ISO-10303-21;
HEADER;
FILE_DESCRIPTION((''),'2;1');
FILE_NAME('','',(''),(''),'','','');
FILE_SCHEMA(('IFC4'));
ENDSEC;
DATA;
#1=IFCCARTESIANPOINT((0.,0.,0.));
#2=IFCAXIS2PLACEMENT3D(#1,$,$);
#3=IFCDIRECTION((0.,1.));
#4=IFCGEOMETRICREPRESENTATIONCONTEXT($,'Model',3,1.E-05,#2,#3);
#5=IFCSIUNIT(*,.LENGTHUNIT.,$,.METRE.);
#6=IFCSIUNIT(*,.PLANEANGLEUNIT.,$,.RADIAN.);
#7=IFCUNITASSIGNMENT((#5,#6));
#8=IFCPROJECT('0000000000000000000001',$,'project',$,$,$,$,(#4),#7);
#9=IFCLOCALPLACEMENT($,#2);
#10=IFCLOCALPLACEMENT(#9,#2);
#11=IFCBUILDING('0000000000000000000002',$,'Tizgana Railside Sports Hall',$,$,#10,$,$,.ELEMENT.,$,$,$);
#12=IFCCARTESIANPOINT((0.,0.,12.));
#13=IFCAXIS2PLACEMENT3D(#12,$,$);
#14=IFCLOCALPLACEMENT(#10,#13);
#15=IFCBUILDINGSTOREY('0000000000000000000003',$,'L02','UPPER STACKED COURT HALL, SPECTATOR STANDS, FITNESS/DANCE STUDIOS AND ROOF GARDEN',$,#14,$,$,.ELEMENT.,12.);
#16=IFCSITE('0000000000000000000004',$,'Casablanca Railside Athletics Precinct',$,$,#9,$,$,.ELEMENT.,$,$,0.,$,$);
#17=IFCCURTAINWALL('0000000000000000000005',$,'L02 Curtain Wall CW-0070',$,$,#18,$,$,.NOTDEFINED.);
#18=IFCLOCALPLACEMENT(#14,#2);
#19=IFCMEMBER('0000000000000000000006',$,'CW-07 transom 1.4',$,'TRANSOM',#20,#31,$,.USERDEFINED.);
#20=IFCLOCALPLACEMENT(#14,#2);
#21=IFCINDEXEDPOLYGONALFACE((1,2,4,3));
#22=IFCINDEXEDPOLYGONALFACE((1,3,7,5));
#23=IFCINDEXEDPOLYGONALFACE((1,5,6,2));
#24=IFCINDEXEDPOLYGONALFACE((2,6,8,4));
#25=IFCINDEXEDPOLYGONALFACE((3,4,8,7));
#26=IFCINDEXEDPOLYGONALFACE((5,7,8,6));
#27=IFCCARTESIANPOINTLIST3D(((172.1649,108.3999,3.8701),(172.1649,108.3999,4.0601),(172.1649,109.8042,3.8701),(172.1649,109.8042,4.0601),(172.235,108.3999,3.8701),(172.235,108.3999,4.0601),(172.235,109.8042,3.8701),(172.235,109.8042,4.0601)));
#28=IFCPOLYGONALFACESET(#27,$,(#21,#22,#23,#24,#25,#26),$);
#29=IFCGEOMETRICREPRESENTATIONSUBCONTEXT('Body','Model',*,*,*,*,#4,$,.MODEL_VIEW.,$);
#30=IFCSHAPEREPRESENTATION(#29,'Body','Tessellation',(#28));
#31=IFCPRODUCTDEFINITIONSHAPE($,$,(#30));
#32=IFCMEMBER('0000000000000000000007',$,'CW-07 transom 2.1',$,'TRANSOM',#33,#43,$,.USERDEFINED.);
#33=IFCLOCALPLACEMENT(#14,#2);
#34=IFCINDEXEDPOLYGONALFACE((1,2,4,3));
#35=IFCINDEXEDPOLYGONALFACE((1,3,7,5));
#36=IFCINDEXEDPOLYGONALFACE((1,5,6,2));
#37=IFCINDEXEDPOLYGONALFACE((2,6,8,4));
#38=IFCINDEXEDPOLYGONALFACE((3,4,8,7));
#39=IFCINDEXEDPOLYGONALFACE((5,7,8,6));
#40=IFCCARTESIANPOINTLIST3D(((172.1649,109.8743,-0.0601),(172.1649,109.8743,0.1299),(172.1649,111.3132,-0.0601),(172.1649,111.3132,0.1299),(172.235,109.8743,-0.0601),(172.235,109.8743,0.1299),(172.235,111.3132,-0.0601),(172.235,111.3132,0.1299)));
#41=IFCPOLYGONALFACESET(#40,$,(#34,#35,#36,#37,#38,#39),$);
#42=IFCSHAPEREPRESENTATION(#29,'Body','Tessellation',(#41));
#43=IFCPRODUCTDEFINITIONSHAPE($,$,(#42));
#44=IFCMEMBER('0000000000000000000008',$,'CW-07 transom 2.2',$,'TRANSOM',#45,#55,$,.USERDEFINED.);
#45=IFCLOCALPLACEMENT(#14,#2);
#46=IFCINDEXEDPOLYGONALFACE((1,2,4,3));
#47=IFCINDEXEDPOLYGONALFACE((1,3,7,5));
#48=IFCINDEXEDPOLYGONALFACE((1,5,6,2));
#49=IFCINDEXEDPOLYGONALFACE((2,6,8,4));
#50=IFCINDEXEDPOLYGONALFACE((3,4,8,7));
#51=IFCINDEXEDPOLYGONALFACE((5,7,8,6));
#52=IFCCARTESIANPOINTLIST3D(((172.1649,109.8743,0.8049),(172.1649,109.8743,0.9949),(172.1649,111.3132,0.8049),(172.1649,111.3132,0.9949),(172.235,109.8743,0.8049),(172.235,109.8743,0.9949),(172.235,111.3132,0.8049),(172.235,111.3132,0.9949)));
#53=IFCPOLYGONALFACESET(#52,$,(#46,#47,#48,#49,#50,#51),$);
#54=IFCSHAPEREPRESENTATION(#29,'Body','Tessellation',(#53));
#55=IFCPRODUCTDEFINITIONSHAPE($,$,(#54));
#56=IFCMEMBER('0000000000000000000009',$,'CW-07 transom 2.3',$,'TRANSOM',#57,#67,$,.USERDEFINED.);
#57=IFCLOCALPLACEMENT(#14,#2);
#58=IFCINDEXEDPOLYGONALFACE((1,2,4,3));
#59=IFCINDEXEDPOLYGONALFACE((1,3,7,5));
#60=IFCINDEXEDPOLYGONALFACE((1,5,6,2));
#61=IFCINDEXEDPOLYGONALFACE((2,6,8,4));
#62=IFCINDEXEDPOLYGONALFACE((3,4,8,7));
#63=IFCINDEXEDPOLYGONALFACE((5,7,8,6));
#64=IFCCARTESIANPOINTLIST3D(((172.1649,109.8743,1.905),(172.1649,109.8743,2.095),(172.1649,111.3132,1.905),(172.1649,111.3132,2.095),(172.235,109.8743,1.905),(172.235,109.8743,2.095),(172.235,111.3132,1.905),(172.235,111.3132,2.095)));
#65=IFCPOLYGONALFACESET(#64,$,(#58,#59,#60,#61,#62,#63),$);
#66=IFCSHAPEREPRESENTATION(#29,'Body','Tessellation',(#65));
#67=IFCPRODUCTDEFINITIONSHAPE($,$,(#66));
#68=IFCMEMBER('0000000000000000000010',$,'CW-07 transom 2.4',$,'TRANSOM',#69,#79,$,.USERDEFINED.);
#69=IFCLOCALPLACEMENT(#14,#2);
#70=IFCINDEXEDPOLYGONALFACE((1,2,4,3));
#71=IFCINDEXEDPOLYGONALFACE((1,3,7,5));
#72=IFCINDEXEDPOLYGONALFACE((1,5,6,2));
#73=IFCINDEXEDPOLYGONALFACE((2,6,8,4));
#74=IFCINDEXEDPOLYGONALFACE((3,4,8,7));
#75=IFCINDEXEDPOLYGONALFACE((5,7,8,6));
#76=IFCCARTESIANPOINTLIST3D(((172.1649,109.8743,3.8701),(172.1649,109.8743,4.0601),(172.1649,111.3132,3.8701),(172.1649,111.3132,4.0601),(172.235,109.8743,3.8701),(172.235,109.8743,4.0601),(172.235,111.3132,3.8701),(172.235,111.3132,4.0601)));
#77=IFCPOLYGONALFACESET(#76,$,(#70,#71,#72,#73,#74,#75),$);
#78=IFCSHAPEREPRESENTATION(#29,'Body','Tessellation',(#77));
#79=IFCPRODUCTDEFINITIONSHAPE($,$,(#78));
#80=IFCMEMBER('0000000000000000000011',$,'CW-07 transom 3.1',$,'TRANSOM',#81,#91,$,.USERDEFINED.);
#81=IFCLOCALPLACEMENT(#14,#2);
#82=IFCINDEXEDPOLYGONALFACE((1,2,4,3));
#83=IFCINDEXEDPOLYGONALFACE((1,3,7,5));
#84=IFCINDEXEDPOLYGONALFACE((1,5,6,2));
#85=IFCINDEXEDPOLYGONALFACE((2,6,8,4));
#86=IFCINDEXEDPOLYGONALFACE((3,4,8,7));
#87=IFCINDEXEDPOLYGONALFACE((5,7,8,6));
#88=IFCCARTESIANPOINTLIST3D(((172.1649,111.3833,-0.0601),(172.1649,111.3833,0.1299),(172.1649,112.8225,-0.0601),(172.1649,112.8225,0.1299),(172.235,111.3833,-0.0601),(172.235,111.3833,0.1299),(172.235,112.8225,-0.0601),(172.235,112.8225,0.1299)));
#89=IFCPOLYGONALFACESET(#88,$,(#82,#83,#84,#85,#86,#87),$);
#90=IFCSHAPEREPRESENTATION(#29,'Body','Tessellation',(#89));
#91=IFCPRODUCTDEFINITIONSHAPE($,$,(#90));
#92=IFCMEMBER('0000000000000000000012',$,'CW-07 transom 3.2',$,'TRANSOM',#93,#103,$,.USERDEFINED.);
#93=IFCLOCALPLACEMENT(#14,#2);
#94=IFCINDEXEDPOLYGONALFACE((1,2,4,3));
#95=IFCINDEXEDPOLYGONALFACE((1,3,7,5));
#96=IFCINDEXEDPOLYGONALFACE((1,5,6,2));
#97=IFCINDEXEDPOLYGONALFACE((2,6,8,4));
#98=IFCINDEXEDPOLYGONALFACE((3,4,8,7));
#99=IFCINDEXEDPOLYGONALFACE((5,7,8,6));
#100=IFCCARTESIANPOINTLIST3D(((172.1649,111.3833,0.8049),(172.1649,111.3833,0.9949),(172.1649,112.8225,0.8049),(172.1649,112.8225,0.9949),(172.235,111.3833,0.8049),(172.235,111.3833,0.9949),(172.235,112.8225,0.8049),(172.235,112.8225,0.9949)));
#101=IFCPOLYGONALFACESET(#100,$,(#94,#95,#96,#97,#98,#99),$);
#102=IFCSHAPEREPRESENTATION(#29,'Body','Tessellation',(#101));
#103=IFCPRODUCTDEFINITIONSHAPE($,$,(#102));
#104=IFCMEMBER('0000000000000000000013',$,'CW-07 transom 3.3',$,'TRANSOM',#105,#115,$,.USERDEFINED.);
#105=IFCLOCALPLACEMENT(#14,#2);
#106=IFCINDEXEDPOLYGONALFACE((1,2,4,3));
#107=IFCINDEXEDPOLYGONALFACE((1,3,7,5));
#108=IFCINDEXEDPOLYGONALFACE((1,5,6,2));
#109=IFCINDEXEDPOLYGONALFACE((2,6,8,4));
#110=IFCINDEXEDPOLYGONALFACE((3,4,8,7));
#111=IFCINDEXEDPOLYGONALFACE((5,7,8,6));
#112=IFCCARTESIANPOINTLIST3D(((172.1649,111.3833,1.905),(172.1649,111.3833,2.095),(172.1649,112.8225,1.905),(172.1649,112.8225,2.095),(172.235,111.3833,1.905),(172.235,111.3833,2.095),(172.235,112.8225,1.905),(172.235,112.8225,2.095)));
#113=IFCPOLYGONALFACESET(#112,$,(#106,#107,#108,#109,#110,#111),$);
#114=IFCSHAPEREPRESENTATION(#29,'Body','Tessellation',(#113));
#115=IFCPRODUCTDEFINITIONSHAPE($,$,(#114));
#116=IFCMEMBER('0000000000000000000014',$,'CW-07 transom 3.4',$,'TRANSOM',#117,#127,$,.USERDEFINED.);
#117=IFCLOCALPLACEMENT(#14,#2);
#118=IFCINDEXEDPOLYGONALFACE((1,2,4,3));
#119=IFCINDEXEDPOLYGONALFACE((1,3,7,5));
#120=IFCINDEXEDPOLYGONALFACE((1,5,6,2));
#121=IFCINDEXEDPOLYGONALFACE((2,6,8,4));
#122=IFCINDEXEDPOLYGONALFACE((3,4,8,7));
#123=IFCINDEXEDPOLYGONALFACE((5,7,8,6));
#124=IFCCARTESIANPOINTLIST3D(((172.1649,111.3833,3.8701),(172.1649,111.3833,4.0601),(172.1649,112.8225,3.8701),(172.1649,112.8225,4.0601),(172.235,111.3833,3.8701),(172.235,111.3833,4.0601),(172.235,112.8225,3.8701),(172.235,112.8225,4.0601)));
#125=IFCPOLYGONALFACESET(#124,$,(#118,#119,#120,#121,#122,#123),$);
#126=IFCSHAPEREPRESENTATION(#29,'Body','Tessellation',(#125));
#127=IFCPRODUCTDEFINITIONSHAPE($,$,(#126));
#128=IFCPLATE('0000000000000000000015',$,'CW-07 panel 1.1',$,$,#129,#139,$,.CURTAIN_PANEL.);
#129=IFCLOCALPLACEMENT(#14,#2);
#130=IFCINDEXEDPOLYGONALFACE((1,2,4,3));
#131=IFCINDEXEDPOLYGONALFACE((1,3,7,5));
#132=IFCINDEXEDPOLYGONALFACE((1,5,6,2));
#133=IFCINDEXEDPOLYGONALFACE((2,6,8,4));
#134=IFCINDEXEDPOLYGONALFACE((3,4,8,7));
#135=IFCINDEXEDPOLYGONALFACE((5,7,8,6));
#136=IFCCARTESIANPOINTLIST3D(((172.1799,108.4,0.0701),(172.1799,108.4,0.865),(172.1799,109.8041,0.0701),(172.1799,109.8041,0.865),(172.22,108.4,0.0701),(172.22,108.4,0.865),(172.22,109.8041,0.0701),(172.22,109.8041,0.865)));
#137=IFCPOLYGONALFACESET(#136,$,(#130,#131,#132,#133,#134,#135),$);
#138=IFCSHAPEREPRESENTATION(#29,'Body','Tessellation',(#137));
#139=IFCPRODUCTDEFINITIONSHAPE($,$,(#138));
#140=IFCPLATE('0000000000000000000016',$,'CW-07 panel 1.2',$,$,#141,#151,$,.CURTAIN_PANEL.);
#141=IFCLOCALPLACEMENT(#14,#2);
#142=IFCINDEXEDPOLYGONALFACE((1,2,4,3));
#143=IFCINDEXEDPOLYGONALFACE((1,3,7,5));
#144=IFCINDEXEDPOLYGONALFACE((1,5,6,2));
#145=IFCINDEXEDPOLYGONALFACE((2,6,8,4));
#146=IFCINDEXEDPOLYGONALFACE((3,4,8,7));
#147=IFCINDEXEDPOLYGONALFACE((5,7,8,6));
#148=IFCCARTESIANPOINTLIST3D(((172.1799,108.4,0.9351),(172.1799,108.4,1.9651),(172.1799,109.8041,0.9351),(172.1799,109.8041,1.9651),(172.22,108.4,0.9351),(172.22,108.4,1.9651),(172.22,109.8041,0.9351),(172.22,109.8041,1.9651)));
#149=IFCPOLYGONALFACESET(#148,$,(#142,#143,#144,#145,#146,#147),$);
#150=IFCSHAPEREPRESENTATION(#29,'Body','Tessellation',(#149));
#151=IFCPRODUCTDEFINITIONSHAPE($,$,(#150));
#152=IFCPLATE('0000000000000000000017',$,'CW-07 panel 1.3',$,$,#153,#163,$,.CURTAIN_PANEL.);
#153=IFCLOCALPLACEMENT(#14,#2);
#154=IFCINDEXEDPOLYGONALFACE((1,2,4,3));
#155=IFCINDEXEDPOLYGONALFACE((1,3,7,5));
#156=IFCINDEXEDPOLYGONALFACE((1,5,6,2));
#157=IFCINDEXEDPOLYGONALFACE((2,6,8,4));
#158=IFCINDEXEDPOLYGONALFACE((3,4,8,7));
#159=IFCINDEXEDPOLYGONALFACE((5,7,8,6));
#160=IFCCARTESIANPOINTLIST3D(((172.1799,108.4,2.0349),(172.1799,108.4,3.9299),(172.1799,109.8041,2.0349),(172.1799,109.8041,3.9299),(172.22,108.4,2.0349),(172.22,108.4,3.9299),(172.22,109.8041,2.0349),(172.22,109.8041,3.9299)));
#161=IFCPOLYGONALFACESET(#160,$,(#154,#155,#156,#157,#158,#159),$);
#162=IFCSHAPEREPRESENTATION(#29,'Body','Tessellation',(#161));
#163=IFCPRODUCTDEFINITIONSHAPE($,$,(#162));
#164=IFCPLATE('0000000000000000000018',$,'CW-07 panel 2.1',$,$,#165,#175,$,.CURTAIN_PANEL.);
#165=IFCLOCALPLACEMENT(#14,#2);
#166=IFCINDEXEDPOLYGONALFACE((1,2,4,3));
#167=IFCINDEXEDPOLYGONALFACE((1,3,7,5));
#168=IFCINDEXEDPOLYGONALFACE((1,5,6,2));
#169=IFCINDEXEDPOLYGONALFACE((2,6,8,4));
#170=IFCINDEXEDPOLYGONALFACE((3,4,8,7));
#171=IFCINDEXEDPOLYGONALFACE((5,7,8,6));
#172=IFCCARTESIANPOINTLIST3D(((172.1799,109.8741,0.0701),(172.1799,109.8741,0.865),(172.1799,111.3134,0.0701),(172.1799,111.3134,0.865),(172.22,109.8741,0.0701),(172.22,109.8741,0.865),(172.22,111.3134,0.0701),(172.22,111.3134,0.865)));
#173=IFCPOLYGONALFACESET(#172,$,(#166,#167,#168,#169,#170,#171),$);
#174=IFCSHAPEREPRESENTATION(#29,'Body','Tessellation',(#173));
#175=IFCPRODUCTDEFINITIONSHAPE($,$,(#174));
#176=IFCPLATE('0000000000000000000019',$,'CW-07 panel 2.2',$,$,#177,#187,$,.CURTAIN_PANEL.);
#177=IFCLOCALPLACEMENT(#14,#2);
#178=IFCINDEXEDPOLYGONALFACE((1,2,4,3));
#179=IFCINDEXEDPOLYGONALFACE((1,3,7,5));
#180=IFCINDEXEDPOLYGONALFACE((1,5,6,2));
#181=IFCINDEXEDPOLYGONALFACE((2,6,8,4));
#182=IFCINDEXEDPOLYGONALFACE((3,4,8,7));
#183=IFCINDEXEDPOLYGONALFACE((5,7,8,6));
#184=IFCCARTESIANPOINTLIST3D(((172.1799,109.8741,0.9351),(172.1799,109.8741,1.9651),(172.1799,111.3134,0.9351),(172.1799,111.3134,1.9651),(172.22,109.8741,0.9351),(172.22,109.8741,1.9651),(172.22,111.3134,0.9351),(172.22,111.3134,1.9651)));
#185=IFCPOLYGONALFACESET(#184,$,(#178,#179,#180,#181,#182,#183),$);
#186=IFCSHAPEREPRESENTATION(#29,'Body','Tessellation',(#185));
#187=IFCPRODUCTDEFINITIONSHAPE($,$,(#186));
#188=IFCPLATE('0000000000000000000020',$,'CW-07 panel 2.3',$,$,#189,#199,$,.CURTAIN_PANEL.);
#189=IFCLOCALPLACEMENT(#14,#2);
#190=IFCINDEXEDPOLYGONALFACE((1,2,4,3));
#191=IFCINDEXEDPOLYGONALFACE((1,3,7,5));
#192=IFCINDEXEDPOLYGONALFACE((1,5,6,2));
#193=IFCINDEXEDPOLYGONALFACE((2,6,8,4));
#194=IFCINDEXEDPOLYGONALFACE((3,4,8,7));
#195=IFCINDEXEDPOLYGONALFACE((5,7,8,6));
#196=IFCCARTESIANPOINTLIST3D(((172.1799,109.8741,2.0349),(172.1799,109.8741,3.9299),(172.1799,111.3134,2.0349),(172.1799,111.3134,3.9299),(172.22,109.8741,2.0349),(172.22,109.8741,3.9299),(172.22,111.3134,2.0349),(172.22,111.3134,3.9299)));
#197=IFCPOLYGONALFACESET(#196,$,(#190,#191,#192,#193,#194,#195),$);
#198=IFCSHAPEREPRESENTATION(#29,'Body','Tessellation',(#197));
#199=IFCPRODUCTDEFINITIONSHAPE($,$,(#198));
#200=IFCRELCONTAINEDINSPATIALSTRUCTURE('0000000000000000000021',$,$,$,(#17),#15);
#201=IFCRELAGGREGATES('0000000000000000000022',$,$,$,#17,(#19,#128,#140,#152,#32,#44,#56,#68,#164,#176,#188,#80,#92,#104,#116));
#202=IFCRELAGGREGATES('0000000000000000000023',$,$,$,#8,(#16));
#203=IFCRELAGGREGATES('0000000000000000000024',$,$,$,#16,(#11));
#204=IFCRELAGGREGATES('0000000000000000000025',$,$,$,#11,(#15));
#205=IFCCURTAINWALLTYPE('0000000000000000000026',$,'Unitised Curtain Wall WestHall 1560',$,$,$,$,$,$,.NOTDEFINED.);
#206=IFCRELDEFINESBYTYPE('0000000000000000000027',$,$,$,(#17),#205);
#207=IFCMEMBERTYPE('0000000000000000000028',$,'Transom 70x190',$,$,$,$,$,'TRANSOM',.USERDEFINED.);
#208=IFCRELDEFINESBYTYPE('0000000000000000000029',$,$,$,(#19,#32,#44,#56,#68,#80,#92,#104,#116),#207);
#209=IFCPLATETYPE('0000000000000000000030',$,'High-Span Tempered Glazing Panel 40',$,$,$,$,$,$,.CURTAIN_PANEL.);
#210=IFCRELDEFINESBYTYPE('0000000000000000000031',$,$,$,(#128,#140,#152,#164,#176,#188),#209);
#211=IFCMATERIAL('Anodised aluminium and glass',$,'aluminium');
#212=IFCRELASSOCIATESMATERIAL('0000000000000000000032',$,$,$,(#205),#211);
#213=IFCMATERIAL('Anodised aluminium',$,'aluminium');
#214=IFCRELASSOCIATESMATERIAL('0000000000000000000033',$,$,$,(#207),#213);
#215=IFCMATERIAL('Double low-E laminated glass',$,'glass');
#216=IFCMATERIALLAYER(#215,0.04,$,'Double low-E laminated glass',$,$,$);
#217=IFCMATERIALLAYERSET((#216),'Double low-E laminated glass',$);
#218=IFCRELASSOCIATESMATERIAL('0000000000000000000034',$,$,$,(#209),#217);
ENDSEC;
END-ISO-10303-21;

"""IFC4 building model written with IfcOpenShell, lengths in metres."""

from ifc_helpers import new_model, si_unit, direction, frame, origin, origin_2d, place, context, subcontext, project, spatial, rectangle, extrude, material, layer, layer_set, material_profile, profile_set, type_object, element, aggregate, save


model = new_model("IFC4")

# Units and contexts
model_context = context("Model", 3, precision=1e-05, world=origin(), true_north=direction((0.0, 1.0)))
body_context = subcontext(model_context, "Body", "Model", "MODEL_VIEW")
ifc_project = project(units=[si_unit("LENGTHUNIT", "METRE"), si_unit("PLANEANGLEUNIT", "RADIAN")], contexts=[model_context])

# Site, building, storey
site_placement = place(None, origin())
site = spatial("IfcSite", under=ifc_project, at=site_placement, Name="Casablanca Railside Athletics Precinct", CompositionType="ELEMENT", RefElevation=0.0)
building_placement = place(site_placement, origin())
building = spatial("IfcBuilding", under=site, at=building_placement, Name="Tizgana Railside Sports Hall", CompositionType="ELEMENT")
storey_placement = place(building_placement, frame((0.0, 0.0, 12.0)))
storey = spatial("IfcBuildingStorey", under=building, at=storey_placement, Name="L02", Description="UPPER STACKED COURT HALL, SPECTATOR STANDS, FITNESS/DANCE STUDIOS AND ROOF GARDEN", CompositionType="ELEMENT", Elevation=12.0)

# Curtain wall
ifc_material_1 = material(Name="Anodised aluminium and glass", Category="aluminium")
ifc_material_2 = material(Name="Anodised aluminium", Category="aluminium")
curtain_wall_type_1 = type_object("IfcCurtainWallType", Name="Unitised Curtain Wall WestHall 1560", PredefinedType="NOTDEFINED", material=ifc_material_1)
curtain_wall_1_placement = place(storey_placement, origin())
curtain_wall_1 = element("IfcCurtainWall", 1, at=curtain_wall_1_placement, inside=storey, type_object=curtain_wall_type_1, Name="L02 Curtain Wall CW-0070", PredefinedType="NOTDEFINED")

# Members
ifc_material_profile_1 = material_profile(ifc_material_2, rectangle(XDim=0.0701, YDim=0.1899, at=origin_2d()), Name="Transom 70x190")
ifc_profile_set_1 = profile_set([ifc_material_profile_1], Name="Anodised aluminium")
member_type_1 = type_object("IfcMemberType", Name="Transom 70x190", ElementType="TRANSOM", PredefinedType="USERDEFINED", material=ifc_profile_set_1)
member_1_placement = place(storey_placement, frame((172.2, 108.3999, 3.9651), z_axis=(0.0, 1.0, 0.0), x_axis=(-1.0, 0.0, 0.0)))
member_1 = element("IfcMember", 2, at=member_1_placement, type_object=member_type_1, Name="CW-07 transom 1.4", ObjectType="TRANSOM", PredefinedType="USERDEFINED", context=body_context, shape_type="SweptSolid", body=[
    extrude(rectangle(XDim=0.0701, YDim=0.1899, at=origin_2d()), origin(), (0.0, 0.0, 1.0), 1.4043),
])
member_2_placement = place(storey_placement, frame((172.2, 109.8743, 0.0349), z_axis=(0.0, 1.0, 0.0), x_axis=(-1.0, 0.0, 0.0)))
member_2 = element("IfcMember", 3, at=member_2_placement, type_object=member_type_1, Name="CW-07 transom 2.1", ObjectType="TRANSOM", PredefinedType="USERDEFINED", context=body_context, shape_type="SweptSolid", body=[
    extrude(rectangle(XDim=0.0701, YDim=0.1899, at=origin_2d()), origin(), (0.0, 0.0, 1.0), 1.439),
])
member_3_placement = place(storey_placement, frame((172.2, 109.8743, 0.8999), z_axis=(0.0, 1.0, 0.0), x_axis=(-1.0, 0.0, 0.0)))
member_3 = element("IfcMember", 4, at=member_3_placement, type_object=member_type_1, Name="CW-07 transom 2.2", ObjectType="TRANSOM", PredefinedType="USERDEFINED", context=body_context, shape_type="SweptSolid", body=[
    extrude(rectangle(XDim=0.0701, YDim=0.1899, at=origin_2d()), origin(), (0.0, 0.0, 1.0), 1.439),
])
member_4_placement = place(storey_placement, frame((172.2, 109.8743, 2.0), z_axis=(0.0, 1.0, 0.0), x_axis=(-1.0, 0.0, 0.0)))
member_4 = element("IfcMember", 5, at=member_4_placement, type_object=member_type_1, Name="CW-07 transom 2.3", ObjectType="TRANSOM", PredefinedType="USERDEFINED", context=body_context, shape_type="SweptSolid", body=[
    extrude(rectangle(XDim=0.0701, YDim=0.1899, at=origin_2d()), origin(), (0.0, 0.0, 1.0), 1.439),
])
member_5_placement = place(storey_placement, frame((172.2, 109.8743, 3.9651), z_axis=(0.0, 1.0, 0.0), x_axis=(-1.0, 0.0, 0.0)))
member_5 = element("IfcMember", 6, at=member_5_placement, type_object=member_type_1, Name="CW-07 transom 2.4", ObjectType="TRANSOM", PredefinedType="USERDEFINED", context=body_context, shape_type="SweptSolid", body=[
    extrude(rectangle(XDim=0.0701, YDim=0.1899, at=origin_2d()), origin(), (0.0, 0.0, 1.0), 1.439),
])
member_6_placement = place(storey_placement, frame((172.2, 111.3833, 0.0349), z_axis=(0.0, 1.0, 0.0), x_axis=(-1.0, 0.0, 0.0)))
member_6 = element("IfcMember", 7, at=member_6_placement, type_object=member_type_1, Name="CW-07 transom 3.1", ObjectType="TRANSOM", PredefinedType="USERDEFINED", context=body_context, shape_type="SweptSolid", body=[
    extrude(rectangle(XDim=0.0701, YDim=0.1899, at=origin_2d()), origin(), (0.0, 0.0, 1.0), 1.4392),
])
member_7_placement = place(storey_placement, frame((172.2, 111.3833, 0.8999), z_axis=(0.0, 1.0, 0.0), x_axis=(-1.0, 0.0, 0.0)))
member_7 = element("IfcMember", 8, at=member_7_placement, type_object=member_type_1, Name="CW-07 transom 3.2", ObjectType="TRANSOM", PredefinedType="USERDEFINED", context=body_context, shape_type="SweptSolid", body=[
    extrude(rectangle(XDim=0.0701, YDim=0.1899, at=origin_2d()), origin(), (0.0, 0.0, 1.0), 1.4392),
])
member_8_placement = place(storey_placement, frame((172.2, 111.3833, 2.0), z_axis=(0.0, 1.0, 0.0), x_axis=(-1.0, 0.0, 0.0)))
member_8 = element("IfcMember", 9, at=member_8_placement, type_object=member_type_1, Name="CW-07 transom 3.3", ObjectType="TRANSOM", PredefinedType="USERDEFINED", context=body_context, shape_type="SweptSolid", body=[
    extrude(rectangle(XDim=0.0701, YDim=0.1899, at=origin_2d()), origin(), (0.0, 0.0, 1.0), 1.4392),
])
member_9_placement = place(storey_placement, frame((172.2, 111.3833, 3.9651), z_axis=(0.0, 1.0, 0.0), x_axis=(-1.0, 0.0, 0.0)))
member_9 = element("IfcMember", 10, at=member_9_placement, type_object=member_type_1, Name="CW-07 transom 3.4", ObjectType="TRANSOM", PredefinedType="USERDEFINED", context=body_context, shape_type="SweptSolid", body=[
    extrude(rectangle(XDim=0.0701, YDim=0.1899, at=origin_2d()), origin(), (0.0, 0.0, 1.0), 1.4392),
])

# Plates
ifc_material_3 = material(Name="Double low-E laminated glass", Category="glass")
ifc_layer_1 = layer(ifc_material_3, 0.04, Name="Double low-E laminated glass")
ifc_layer_set_1 = layer_set([ifc_layer_1], Name="Double low-E laminated glass")
plate_type_1 = type_object("IfcPlateType", Name="High-Span Tempered Glazing Panel 40", PredefinedType="CURTAIN_PANEL", material=ifc_layer_set_1)
plate_1_placement = place(storey_placement, frame((172.2, 109.1021, 0.0701), z_axis=(0.0, 0.0, 1.0), x_axis=(0.0, 1.0, 0.0)))
plate_1 = element("IfcPlate", 11, at=plate_1_placement, type_object=plate_type_1, Name="CW-07 panel 1.1", PredefinedType="CURTAIN_PANEL", context=body_context, shape_type="SweptSolid", body=[
    extrude(rectangle(XDim=1.4041, YDim=0.04, at=origin_2d()), origin(), (0.0, 0.0, 1.0), 0.7949),
])
plate_2_placement = place(storey_placement, frame((172.2, 109.1021, 0.9351), z_axis=(0.0, 0.0, 1.0), x_axis=(0.0, 1.0, 0.0)))
plate_2 = element("IfcPlate", 12, at=plate_2_placement, type_object=plate_type_1, Name="CW-07 panel 1.2", PredefinedType="CURTAIN_PANEL", context=body_context, shape_type="SweptSolid", body=[
    extrude(rectangle(XDim=1.4041, YDim=0.04, at=origin_2d()), origin(), (0.0, 0.0, 1.0), 1.03),
])
plate_3_placement = place(storey_placement, frame((172.2, 109.1021, 2.0349), z_axis=(0.0, 0.0, 1.0), x_axis=(0.0, 1.0, 0.0)))
plate_3 = element("IfcPlate", 13, at=plate_3_placement, type_object=plate_type_1, Name="CW-07 panel 1.3", PredefinedType="CURTAIN_PANEL", context=body_context, shape_type="SweptSolid", body=[
    extrude(rectangle(XDim=1.4041, YDim=0.04, at=origin_2d()), origin(), (0.0, 0.0, 1.0), 1.895),
])
plate_4_placement = place(storey_placement, frame((172.2, 110.5938, 0.0701), z_axis=(0.0, 0.0, 1.0), x_axis=(0.0, 1.0, 0.0)))
plate_4 = element("IfcPlate", 14, at=plate_4_placement, type_object=plate_type_1, Name="CW-07 panel 2.1", PredefinedType="CURTAIN_PANEL", context=body_context, shape_type="SweptSolid", body=[
    extrude(rectangle(XDim=1.4392, YDim=0.04, at=origin_2d()), origin(), (0.0, 0.0, 1.0), 0.7949),
])
plate_5_placement = place(storey_placement, frame((172.2, 110.5938, 0.9351), z_axis=(0.0, 0.0, 1.0), x_axis=(0.0, 1.0, 0.0)))
plate_5 = element("IfcPlate", 15, at=plate_5_placement, type_object=plate_type_1, Name="CW-07 panel 2.2", PredefinedType="CURTAIN_PANEL", context=body_context, shape_type="SweptSolid", body=[
    extrude(rectangle(XDim=1.4392, YDim=0.04, at=origin_2d()), origin(), (0.0, 0.0, 1.0), 1.03),
])
plate_6_placement = place(storey_placement, frame((172.2, 110.5938, 2.0349), z_axis=(0.0, 0.0, 1.0), x_axis=(0.0, 1.0, 0.0)))
plate_6 = element("IfcPlate", 16, at=plate_6_placement, type_object=plate_type_1, Name="CW-07 panel 2.3", PredefinedType="CURTAIN_PANEL", context=body_context, shape_type="SweptSolid", body=[
    extrude(rectangle(XDim=1.4392, YDim=0.04, at=origin_2d()), origin(), (0.0, 0.0, 1.0), 1.895),
])
aggregate(curtain_wall_1, [member_1, plate_1, plate_2, plate_3, member_2, member_3, member_4, member_5, plate_4, plate_5, plate_6, member_6, member_7, member_8, member_9])

save(model, "model.ifc")
